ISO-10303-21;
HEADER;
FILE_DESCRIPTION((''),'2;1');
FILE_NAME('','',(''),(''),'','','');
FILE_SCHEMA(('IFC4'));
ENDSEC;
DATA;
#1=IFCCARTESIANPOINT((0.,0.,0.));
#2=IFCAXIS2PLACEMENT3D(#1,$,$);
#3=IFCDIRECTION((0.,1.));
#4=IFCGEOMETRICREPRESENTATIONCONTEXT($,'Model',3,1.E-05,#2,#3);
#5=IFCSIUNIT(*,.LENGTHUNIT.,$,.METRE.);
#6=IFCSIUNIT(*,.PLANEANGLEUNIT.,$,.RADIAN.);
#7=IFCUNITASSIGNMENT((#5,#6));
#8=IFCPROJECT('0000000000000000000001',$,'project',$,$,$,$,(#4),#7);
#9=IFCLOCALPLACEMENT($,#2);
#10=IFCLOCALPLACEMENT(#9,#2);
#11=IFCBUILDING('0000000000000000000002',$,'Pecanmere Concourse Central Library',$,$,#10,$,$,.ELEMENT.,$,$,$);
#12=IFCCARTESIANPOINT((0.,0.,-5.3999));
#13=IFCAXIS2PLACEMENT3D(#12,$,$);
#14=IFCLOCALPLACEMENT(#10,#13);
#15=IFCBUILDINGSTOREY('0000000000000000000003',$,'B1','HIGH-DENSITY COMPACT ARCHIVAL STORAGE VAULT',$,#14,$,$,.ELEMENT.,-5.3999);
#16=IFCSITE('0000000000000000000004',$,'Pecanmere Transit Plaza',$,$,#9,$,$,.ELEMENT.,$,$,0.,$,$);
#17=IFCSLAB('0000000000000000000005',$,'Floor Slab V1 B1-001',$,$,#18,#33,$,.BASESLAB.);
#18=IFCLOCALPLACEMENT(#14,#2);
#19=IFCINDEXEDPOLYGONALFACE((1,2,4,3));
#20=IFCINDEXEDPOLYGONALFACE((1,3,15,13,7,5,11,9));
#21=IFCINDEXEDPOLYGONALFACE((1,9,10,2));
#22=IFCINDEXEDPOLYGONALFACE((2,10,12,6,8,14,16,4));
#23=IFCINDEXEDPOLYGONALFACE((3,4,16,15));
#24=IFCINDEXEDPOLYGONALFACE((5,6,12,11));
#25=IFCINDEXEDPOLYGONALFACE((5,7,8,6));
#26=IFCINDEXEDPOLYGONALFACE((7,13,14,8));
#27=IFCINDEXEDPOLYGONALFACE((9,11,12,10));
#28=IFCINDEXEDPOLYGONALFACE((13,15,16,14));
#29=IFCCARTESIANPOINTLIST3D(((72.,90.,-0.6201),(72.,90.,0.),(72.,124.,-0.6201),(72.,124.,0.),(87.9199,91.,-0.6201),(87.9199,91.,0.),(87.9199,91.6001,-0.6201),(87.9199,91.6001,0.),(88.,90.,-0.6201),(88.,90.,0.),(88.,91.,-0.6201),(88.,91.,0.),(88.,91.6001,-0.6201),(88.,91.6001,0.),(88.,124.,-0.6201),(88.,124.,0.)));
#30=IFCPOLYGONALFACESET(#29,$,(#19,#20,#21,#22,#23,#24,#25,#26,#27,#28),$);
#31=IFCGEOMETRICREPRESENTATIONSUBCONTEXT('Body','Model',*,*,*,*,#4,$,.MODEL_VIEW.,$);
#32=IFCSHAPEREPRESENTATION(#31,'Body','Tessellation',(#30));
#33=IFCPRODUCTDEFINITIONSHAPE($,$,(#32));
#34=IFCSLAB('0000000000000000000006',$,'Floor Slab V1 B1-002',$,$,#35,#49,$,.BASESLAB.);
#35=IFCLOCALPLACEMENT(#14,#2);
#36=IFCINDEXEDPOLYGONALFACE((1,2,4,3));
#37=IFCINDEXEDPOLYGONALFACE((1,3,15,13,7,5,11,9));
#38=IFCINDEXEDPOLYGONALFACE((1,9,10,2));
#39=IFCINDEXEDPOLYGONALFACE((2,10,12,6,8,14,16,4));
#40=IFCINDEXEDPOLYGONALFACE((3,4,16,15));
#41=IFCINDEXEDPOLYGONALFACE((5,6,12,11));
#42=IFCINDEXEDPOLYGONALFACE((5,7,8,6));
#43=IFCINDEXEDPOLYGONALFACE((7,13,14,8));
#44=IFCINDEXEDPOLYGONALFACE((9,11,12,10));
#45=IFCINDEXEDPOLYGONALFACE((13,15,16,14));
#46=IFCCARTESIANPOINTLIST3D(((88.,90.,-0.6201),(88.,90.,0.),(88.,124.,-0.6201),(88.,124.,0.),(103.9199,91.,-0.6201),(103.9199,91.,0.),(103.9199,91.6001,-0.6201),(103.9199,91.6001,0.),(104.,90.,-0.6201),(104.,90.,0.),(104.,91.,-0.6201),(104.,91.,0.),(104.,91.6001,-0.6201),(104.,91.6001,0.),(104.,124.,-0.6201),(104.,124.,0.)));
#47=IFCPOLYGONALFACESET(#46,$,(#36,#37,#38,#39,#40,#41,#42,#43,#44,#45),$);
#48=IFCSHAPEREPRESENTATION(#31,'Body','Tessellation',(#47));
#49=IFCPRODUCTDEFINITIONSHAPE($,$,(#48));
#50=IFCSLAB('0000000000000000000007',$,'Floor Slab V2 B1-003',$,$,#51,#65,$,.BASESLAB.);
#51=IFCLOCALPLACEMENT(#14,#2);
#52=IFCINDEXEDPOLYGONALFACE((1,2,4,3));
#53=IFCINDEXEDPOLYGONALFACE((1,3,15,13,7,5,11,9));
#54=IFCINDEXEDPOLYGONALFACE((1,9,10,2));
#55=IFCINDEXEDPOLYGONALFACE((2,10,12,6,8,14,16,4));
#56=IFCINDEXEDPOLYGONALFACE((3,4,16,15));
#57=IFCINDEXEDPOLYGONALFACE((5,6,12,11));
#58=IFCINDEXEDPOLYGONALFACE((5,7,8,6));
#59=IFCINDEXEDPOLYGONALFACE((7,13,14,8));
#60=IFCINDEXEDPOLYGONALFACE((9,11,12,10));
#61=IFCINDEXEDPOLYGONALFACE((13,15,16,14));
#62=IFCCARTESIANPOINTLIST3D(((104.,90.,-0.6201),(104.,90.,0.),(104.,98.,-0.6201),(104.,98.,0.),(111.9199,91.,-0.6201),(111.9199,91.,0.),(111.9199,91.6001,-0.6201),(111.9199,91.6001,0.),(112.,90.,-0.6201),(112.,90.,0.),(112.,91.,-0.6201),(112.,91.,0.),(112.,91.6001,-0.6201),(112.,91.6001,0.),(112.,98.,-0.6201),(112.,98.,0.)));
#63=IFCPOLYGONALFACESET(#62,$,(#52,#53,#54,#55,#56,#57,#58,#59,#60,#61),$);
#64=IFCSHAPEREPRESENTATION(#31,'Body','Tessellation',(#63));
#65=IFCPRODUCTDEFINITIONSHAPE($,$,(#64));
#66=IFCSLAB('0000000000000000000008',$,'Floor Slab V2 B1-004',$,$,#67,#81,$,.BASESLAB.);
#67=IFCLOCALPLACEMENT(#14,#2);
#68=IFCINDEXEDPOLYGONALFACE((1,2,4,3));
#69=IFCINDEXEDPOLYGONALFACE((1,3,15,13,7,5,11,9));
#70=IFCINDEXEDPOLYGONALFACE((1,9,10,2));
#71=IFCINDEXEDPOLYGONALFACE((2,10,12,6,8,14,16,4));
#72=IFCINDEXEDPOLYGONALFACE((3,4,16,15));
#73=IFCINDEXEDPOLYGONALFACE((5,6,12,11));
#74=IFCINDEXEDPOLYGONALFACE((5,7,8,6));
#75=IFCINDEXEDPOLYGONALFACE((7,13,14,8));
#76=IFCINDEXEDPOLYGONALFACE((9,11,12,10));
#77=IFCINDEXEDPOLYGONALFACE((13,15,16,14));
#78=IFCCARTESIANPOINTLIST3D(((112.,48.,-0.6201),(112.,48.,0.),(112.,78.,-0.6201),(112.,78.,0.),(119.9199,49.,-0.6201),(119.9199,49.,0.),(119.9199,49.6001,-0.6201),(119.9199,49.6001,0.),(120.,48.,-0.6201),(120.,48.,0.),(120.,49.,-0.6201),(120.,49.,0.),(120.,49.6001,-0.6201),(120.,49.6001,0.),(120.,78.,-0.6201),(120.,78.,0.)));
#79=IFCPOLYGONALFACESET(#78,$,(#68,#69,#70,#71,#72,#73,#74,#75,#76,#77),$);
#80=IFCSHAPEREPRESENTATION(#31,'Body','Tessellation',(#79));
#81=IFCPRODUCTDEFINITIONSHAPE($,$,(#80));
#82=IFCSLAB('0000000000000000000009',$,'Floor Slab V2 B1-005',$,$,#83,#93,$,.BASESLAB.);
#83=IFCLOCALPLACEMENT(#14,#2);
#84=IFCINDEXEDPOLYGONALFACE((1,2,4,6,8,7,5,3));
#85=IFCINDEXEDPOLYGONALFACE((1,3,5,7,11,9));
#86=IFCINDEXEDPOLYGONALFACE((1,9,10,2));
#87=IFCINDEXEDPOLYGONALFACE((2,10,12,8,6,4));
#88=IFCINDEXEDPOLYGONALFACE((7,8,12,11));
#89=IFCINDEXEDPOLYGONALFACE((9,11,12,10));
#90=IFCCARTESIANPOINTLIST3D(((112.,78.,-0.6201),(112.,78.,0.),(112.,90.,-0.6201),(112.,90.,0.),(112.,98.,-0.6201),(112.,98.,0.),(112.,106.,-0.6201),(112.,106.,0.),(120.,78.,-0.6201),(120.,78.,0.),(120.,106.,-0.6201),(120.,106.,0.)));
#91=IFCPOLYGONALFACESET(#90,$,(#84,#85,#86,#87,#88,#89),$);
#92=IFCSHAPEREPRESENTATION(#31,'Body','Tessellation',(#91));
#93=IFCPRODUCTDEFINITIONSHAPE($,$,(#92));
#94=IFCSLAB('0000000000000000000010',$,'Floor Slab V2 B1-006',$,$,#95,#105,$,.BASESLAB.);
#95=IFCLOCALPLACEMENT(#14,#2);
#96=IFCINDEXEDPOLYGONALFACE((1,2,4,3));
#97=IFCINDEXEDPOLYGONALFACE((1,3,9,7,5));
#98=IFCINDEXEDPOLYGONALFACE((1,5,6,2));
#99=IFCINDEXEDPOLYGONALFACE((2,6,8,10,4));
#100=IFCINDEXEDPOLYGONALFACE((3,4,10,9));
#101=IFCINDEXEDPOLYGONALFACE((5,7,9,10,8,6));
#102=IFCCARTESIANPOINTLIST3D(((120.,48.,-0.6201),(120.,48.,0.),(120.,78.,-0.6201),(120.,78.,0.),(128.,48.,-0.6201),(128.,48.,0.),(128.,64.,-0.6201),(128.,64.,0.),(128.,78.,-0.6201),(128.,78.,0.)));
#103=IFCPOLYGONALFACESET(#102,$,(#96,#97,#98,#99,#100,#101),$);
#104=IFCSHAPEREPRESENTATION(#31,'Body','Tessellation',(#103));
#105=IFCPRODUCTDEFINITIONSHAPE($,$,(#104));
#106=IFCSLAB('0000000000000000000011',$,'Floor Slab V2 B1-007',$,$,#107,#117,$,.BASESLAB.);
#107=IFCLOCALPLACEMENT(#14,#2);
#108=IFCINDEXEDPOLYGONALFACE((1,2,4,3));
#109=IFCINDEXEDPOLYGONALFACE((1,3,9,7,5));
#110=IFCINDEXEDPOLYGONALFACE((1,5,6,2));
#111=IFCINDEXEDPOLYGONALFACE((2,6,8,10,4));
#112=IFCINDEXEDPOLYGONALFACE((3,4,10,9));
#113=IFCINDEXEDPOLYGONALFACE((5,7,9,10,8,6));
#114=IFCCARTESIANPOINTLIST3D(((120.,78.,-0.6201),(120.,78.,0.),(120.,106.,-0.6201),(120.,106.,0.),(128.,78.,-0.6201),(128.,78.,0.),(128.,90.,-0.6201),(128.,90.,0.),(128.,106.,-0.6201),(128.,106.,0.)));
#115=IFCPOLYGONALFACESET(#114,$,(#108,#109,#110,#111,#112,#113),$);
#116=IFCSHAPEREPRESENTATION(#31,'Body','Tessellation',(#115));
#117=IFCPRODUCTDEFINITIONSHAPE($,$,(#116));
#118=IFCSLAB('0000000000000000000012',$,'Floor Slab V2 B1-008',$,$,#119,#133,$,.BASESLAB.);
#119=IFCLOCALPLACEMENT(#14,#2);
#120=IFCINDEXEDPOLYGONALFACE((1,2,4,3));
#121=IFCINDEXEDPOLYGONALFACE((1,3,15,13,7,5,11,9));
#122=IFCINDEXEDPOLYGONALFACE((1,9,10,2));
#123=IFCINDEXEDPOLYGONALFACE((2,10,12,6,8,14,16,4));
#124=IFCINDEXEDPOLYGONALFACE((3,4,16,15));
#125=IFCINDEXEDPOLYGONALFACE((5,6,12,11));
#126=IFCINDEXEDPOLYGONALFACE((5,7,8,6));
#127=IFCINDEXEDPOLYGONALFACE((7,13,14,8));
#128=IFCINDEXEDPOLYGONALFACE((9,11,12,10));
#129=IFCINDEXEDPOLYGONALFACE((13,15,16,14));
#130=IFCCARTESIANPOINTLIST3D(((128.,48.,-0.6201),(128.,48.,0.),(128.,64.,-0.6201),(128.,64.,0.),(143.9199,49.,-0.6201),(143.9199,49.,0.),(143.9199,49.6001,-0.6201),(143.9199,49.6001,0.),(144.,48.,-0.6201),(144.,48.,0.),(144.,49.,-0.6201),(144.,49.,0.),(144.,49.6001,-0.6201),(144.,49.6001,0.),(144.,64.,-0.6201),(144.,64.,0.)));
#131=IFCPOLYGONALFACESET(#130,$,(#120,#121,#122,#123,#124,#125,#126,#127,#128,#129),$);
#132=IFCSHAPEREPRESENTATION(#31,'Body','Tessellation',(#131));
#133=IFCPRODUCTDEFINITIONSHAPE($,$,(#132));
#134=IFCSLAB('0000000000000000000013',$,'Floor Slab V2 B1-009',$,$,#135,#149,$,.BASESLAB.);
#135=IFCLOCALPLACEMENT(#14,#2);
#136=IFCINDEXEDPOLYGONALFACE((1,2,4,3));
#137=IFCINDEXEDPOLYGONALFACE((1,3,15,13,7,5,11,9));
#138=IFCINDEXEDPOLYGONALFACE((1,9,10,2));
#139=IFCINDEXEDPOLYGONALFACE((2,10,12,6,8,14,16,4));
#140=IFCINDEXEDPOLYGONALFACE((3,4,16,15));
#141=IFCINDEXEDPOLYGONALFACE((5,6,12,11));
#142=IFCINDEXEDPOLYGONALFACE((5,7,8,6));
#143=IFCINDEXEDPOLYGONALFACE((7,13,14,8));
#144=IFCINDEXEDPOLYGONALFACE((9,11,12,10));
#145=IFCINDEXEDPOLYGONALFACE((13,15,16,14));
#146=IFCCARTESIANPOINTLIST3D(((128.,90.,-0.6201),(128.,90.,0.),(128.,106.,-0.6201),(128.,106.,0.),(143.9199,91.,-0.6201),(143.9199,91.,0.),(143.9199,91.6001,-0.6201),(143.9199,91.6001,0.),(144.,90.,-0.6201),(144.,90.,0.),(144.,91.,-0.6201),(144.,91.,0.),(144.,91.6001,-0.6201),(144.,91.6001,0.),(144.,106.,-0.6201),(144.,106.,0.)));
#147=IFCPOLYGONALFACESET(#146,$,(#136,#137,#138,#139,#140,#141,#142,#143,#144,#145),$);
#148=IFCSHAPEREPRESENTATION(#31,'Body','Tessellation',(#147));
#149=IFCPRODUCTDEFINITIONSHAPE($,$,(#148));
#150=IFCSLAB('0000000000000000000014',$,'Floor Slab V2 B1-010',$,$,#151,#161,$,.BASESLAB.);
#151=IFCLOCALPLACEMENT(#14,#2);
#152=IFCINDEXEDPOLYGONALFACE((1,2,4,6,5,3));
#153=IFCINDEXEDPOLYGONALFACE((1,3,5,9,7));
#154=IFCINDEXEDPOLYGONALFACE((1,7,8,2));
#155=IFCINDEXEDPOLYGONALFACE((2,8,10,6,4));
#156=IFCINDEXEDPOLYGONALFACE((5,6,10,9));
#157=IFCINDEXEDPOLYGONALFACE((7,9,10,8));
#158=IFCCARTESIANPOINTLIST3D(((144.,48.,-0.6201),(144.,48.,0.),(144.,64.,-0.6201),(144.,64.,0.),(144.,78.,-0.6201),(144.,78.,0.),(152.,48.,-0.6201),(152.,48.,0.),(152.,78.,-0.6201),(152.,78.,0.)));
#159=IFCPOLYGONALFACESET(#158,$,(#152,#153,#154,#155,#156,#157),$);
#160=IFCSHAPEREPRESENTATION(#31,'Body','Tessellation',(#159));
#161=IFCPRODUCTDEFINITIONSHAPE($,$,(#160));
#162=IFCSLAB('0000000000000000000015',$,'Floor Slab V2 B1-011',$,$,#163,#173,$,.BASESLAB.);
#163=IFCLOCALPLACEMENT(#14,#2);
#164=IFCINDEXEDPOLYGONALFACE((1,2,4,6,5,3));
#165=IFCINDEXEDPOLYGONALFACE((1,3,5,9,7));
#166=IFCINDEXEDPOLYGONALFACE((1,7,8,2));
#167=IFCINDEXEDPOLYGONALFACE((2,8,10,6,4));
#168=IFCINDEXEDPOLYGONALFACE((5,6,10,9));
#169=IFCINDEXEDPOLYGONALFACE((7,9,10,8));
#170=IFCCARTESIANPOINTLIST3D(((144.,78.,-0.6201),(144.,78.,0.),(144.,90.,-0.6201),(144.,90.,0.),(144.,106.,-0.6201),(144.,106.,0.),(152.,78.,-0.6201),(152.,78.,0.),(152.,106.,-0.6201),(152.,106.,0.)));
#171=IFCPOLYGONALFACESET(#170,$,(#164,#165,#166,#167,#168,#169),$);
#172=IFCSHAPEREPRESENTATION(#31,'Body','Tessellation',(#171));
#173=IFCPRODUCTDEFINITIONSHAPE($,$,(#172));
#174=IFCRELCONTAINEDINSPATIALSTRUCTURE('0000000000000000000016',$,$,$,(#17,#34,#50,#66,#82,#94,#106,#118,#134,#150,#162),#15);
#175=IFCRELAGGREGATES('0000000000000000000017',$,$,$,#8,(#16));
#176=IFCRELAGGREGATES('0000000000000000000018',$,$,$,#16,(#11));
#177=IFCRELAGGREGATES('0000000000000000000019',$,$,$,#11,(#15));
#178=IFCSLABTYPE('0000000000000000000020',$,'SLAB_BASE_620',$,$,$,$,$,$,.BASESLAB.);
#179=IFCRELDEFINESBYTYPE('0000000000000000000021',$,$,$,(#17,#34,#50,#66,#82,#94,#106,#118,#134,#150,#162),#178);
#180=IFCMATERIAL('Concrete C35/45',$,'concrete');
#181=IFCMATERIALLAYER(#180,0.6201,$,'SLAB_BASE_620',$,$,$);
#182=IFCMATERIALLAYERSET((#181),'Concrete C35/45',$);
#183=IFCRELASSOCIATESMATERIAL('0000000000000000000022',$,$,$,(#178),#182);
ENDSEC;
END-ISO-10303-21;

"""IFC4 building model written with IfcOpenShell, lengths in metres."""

from ifc_helpers import new_model, si_unit, direction, frame, origin, place, context, subcontext, project, spatial, polyline, outline, extrude, material, layer, layer_set, type_object, element, save


model = new_model("IFC4")

# Units and contexts
model_context = context("Model", 3, precision=1e-05, world=origin(), true_north=direction((0.0, 1.0)))
body_context = subcontext(model_context, "Body", "Model", "MODEL_VIEW")
ifc_project = project(units=[si_unit("LENGTHUNIT", "METRE"), si_unit("PLANEANGLEUNIT", "RADIAN")], contexts=[model_context])

# Site, building, storey
site_placement = place(None, origin())
site = spatial("IfcSite", under=ifc_project, at=site_placement, Name="Pecanmere Transit Plaza", CompositionType="ELEMENT", RefElevation=0.0)
building_placement = place(site_placement, origin())
building = spatial("IfcBuilding", under=site, at=building_placement, Name="Pecanmere Concourse Central Library", CompositionType="ELEMENT")
storey_placement = place(building_placement, frame((0.0, 0.0, -5.3999)))
storey = spatial("IfcBuildingStorey", under=building, at=storey_placement, Name="B1", Description="HIGH-DENSITY COMPACT ARCHIVAL STORAGE VAULT", CompositionType="ELEMENT", Elevation=-5.3999)

# Slabs
ifc_material_1 = material(Name="Concrete C35/45", Category="concrete")
ifc_layer_1 = layer(ifc_material_1, 0.6201, Name="SLAB_BASE_620")
ifc_layer_set_1 = layer_set([ifc_layer_1], Name="Concrete C35/45")
slab_type_1 = type_object("IfcSlabType", Name="SLAB_BASE_620", PredefinedType="BASESLAB", material=ifc_layer_set_1)
slab_1_placement = place(storey_placement, frame((0.0, 0.0, -0.6201)))
element("IfcSlab", 1, at=slab_1_placement, inside=storey, type_object=slab_type_1, Name="Floor Slab V1 B1-001", PredefinedType="BASESLAB", context=body_context, shape_type="SweptSolid", body=[
    extrude(outline(polyline([(72.0, 90.0), (72.0, 124.0), (88.0, 124.0), (88.0, 91.6001), (87.9199, 91.6001), (87.9199, 91.0), (88.0, 91.0), (88.0, 90.0), (72.0, 90.0)])), origin(), (0.0, 0.0, 1.0), 0.6201),
])
slab_2_placement = place(storey_placement, frame((0.0, 0.0, -0.6201)))
element("IfcSlab", 2, at=slab_2_placement, inside=storey, type_object=slab_type_1, Name="Floor Slab V1 B1-002", PredefinedType="BASESLAB", context=body_context, shape_type="SweptSolid", body=[
    extrude(outline(polyline([(88.0, 124.0), (104.0, 124.0), (104.0, 91.6001), (103.9199, 91.6001), (103.9199, 91.0), (104.0, 91.0), (104.0, 90.0), (88.0, 90.0), (88.0, 124.0)])), origin(), (0.0, 0.0, 1.0), 0.6201),
])
slab_3_placement = place(storey_placement, frame((0.0, 0.0, -0.6201)))
element("IfcSlab", 3, at=slab_3_placement, inside=storey, type_object=slab_type_1, Name="Floor Slab V2 B1-003", PredefinedType="BASESLAB", context=body_context, shape_type="SweptSolid", body=[
    extrude(outline(polyline([(112.0, 98.0), (112.0, 91.6001), (111.9199, 91.6001), (111.9199, 91.0), (112.0, 91.0), (112.0, 90.0), (104.0, 90.0), (104.0, 98.0), (112.0, 98.0)])), origin(), (0.0, 0.0, 1.0), 0.6201),
])
slab_4_placement = place(storey_placement, frame((0.0, 0.0, -0.6201)))
element("IfcSlab", 4, at=slab_4_placement, inside=storey, type_object=slab_type_1, Name="Floor Slab V2 B1-004", PredefinedType="BASESLAB", context=body_context, shape_type="SweptSolid", body=[
    extrude(outline(polyline([(112.0, 48.0), (112.0, 78.0), (120.0, 78.0), (120.0, 49.6001), (119.9199, 49.6001), (119.9199, 49.0), (120.0, 49.0), (120.0, 48.0), (112.0, 48.0)])), origin(), (0.0, 0.0, 1.0), 0.6201),
])
slab_5_placement = place(storey_placement, frame((0.0, 0.0, -0.6201)))
element("IfcSlab", 5, at=slab_5_placement, inside=storey, type_object=slab_type_1, Name="Floor Slab V2 B1-005", PredefinedType="BASESLAB", context=body_context, shape_type="SweptSolid", body=[
    extrude(outline(polyline([(112.0, 98.0), (112.0, 106.0), (120.0, 106.0), (120.0, 78.0), (112.0, 78.0), (112.0, 90.0), (112.0, 98.0)])), origin(), (0.0, 0.0, 1.0), 0.6201),
])
slab_6_placement = place(storey_placement, frame((0.0, 0.0, -0.6201)))
element("IfcSlab", 6, at=slab_6_placement, inside=storey, type_object=slab_type_1, Name="Floor Slab V2 B1-006", PredefinedType="BASESLAB", context=body_context, shape_type="SweptSolid", body=[
    extrude(outline(polyline([(128.0, 64.0), (128.0, 48.0), (120.0, 48.0), (120.0, 78.0), (128.0, 78.0), (128.0, 64.0)])), origin(), (0.0, 0.0, 1.0), 0.6201),
])
slab_7_placement = place(storey_placement, frame((0.0, 0.0, -0.6201)))
element("IfcSlab", 7, at=slab_7_placement, inside=storey, type_object=slab_type_1, Name="Floor Slab V2 B1-007", PredefinedType="BASESLAB", context=body_context, shape_type="SweptSolid", body=[
    extrude(outline(polyline([(128.0, 90.0), (128.0, 78.0), (120.0, 78.0), (120.0, 106.0), (128.0, 106.0), (128.0, 90.0)])), origin(), (0.0, 0.0, 1.0), 0.6201),
])
slab_8_placement = place(storey_placement, frame((0.0, 0.0, -0.6201)))
element("IfcSlab", 8, at=slab_8_placement, inside=storey, type_object=slab_type_1, Name="Floor Slab V2 B1-008", PredefinedType="BASESLAB", context=body_context, shape_type="SweptSolid", body=[
    extrude(outline(polyline([(144.0, 49.6001), (143.9199, 49.6001), (143.9199, 49.0), (144.0, 49.0), (144.0, 48.0), (128.0, 48.0), (128.0, 64.0), (144.0, 64.0), (144.0, 49.6001)])), origin(), (0.0, 0.0, 1.0), 0.6201),
])
slab_9_placement = place(storey_placement, frame((0.0, 0.0, -0.6201)))
element("IfcSlab", 9, at=slab_9_placement, inside=storey, type_object=slab_type_1, Name="Floor Slab V2 B1-009", PredefinedType="BASESLAB", context=body_context, shape_type="SweptSolid", body=[
    extrude(outline(polyline([(128.0, 106.0), (144.0, 106.0), (144.0, 91.6001), (143.9199, 91.6001), (143.9199, 91.0), (144.0, 91.0), (144.0, 90.0), (128.0, 90.0), (128.0, 106.0)])), origin(), (0.0, 0.0, 1.0), 0.6201),
])
slab_10_placement = place(storey_placement, frame((0.0, 0.0, -0.6201)))
element("IfcSlab", 10, at=slab_10_placement, inside=storey, type_object=slab_type_1, Name="Floor Slab V2 B1-010", PredefinedType="BASESLAB", context=body_context, shape_type="SweptSolid", body=[
    extrude(outline(polyline([(152.0, 48.0), (144.0, 48.0), (144.0, 64.0), (144.0, 78.0), (152.0, 78.0), (152.0, 48.0)])), origin(), (0.0, 0.0, 1.0), 0.6201),
])
slab_11_placement = place(storey_placement, frame((0.0, 0.0, -0.6201)))
element("IfcSlab", 11, at=slab_11_placement, inside=storey, type_object=slab_type_1, Name="Floor Slab V2 B1-011", PredefinedType="BASESLAB", context=body_context, shape_type="SweptSolid", body=[
    extrude(outline(polyline([(152.0, 78.0), (144.0, 78.0), (144.0, 90.0), (144.0, 106.0), (152.0, 106.0), (152.0, 78.0)])), origin(), (0.0, 0.0, 1.0), 0.6201),
])

save(model, "model.ifc")
